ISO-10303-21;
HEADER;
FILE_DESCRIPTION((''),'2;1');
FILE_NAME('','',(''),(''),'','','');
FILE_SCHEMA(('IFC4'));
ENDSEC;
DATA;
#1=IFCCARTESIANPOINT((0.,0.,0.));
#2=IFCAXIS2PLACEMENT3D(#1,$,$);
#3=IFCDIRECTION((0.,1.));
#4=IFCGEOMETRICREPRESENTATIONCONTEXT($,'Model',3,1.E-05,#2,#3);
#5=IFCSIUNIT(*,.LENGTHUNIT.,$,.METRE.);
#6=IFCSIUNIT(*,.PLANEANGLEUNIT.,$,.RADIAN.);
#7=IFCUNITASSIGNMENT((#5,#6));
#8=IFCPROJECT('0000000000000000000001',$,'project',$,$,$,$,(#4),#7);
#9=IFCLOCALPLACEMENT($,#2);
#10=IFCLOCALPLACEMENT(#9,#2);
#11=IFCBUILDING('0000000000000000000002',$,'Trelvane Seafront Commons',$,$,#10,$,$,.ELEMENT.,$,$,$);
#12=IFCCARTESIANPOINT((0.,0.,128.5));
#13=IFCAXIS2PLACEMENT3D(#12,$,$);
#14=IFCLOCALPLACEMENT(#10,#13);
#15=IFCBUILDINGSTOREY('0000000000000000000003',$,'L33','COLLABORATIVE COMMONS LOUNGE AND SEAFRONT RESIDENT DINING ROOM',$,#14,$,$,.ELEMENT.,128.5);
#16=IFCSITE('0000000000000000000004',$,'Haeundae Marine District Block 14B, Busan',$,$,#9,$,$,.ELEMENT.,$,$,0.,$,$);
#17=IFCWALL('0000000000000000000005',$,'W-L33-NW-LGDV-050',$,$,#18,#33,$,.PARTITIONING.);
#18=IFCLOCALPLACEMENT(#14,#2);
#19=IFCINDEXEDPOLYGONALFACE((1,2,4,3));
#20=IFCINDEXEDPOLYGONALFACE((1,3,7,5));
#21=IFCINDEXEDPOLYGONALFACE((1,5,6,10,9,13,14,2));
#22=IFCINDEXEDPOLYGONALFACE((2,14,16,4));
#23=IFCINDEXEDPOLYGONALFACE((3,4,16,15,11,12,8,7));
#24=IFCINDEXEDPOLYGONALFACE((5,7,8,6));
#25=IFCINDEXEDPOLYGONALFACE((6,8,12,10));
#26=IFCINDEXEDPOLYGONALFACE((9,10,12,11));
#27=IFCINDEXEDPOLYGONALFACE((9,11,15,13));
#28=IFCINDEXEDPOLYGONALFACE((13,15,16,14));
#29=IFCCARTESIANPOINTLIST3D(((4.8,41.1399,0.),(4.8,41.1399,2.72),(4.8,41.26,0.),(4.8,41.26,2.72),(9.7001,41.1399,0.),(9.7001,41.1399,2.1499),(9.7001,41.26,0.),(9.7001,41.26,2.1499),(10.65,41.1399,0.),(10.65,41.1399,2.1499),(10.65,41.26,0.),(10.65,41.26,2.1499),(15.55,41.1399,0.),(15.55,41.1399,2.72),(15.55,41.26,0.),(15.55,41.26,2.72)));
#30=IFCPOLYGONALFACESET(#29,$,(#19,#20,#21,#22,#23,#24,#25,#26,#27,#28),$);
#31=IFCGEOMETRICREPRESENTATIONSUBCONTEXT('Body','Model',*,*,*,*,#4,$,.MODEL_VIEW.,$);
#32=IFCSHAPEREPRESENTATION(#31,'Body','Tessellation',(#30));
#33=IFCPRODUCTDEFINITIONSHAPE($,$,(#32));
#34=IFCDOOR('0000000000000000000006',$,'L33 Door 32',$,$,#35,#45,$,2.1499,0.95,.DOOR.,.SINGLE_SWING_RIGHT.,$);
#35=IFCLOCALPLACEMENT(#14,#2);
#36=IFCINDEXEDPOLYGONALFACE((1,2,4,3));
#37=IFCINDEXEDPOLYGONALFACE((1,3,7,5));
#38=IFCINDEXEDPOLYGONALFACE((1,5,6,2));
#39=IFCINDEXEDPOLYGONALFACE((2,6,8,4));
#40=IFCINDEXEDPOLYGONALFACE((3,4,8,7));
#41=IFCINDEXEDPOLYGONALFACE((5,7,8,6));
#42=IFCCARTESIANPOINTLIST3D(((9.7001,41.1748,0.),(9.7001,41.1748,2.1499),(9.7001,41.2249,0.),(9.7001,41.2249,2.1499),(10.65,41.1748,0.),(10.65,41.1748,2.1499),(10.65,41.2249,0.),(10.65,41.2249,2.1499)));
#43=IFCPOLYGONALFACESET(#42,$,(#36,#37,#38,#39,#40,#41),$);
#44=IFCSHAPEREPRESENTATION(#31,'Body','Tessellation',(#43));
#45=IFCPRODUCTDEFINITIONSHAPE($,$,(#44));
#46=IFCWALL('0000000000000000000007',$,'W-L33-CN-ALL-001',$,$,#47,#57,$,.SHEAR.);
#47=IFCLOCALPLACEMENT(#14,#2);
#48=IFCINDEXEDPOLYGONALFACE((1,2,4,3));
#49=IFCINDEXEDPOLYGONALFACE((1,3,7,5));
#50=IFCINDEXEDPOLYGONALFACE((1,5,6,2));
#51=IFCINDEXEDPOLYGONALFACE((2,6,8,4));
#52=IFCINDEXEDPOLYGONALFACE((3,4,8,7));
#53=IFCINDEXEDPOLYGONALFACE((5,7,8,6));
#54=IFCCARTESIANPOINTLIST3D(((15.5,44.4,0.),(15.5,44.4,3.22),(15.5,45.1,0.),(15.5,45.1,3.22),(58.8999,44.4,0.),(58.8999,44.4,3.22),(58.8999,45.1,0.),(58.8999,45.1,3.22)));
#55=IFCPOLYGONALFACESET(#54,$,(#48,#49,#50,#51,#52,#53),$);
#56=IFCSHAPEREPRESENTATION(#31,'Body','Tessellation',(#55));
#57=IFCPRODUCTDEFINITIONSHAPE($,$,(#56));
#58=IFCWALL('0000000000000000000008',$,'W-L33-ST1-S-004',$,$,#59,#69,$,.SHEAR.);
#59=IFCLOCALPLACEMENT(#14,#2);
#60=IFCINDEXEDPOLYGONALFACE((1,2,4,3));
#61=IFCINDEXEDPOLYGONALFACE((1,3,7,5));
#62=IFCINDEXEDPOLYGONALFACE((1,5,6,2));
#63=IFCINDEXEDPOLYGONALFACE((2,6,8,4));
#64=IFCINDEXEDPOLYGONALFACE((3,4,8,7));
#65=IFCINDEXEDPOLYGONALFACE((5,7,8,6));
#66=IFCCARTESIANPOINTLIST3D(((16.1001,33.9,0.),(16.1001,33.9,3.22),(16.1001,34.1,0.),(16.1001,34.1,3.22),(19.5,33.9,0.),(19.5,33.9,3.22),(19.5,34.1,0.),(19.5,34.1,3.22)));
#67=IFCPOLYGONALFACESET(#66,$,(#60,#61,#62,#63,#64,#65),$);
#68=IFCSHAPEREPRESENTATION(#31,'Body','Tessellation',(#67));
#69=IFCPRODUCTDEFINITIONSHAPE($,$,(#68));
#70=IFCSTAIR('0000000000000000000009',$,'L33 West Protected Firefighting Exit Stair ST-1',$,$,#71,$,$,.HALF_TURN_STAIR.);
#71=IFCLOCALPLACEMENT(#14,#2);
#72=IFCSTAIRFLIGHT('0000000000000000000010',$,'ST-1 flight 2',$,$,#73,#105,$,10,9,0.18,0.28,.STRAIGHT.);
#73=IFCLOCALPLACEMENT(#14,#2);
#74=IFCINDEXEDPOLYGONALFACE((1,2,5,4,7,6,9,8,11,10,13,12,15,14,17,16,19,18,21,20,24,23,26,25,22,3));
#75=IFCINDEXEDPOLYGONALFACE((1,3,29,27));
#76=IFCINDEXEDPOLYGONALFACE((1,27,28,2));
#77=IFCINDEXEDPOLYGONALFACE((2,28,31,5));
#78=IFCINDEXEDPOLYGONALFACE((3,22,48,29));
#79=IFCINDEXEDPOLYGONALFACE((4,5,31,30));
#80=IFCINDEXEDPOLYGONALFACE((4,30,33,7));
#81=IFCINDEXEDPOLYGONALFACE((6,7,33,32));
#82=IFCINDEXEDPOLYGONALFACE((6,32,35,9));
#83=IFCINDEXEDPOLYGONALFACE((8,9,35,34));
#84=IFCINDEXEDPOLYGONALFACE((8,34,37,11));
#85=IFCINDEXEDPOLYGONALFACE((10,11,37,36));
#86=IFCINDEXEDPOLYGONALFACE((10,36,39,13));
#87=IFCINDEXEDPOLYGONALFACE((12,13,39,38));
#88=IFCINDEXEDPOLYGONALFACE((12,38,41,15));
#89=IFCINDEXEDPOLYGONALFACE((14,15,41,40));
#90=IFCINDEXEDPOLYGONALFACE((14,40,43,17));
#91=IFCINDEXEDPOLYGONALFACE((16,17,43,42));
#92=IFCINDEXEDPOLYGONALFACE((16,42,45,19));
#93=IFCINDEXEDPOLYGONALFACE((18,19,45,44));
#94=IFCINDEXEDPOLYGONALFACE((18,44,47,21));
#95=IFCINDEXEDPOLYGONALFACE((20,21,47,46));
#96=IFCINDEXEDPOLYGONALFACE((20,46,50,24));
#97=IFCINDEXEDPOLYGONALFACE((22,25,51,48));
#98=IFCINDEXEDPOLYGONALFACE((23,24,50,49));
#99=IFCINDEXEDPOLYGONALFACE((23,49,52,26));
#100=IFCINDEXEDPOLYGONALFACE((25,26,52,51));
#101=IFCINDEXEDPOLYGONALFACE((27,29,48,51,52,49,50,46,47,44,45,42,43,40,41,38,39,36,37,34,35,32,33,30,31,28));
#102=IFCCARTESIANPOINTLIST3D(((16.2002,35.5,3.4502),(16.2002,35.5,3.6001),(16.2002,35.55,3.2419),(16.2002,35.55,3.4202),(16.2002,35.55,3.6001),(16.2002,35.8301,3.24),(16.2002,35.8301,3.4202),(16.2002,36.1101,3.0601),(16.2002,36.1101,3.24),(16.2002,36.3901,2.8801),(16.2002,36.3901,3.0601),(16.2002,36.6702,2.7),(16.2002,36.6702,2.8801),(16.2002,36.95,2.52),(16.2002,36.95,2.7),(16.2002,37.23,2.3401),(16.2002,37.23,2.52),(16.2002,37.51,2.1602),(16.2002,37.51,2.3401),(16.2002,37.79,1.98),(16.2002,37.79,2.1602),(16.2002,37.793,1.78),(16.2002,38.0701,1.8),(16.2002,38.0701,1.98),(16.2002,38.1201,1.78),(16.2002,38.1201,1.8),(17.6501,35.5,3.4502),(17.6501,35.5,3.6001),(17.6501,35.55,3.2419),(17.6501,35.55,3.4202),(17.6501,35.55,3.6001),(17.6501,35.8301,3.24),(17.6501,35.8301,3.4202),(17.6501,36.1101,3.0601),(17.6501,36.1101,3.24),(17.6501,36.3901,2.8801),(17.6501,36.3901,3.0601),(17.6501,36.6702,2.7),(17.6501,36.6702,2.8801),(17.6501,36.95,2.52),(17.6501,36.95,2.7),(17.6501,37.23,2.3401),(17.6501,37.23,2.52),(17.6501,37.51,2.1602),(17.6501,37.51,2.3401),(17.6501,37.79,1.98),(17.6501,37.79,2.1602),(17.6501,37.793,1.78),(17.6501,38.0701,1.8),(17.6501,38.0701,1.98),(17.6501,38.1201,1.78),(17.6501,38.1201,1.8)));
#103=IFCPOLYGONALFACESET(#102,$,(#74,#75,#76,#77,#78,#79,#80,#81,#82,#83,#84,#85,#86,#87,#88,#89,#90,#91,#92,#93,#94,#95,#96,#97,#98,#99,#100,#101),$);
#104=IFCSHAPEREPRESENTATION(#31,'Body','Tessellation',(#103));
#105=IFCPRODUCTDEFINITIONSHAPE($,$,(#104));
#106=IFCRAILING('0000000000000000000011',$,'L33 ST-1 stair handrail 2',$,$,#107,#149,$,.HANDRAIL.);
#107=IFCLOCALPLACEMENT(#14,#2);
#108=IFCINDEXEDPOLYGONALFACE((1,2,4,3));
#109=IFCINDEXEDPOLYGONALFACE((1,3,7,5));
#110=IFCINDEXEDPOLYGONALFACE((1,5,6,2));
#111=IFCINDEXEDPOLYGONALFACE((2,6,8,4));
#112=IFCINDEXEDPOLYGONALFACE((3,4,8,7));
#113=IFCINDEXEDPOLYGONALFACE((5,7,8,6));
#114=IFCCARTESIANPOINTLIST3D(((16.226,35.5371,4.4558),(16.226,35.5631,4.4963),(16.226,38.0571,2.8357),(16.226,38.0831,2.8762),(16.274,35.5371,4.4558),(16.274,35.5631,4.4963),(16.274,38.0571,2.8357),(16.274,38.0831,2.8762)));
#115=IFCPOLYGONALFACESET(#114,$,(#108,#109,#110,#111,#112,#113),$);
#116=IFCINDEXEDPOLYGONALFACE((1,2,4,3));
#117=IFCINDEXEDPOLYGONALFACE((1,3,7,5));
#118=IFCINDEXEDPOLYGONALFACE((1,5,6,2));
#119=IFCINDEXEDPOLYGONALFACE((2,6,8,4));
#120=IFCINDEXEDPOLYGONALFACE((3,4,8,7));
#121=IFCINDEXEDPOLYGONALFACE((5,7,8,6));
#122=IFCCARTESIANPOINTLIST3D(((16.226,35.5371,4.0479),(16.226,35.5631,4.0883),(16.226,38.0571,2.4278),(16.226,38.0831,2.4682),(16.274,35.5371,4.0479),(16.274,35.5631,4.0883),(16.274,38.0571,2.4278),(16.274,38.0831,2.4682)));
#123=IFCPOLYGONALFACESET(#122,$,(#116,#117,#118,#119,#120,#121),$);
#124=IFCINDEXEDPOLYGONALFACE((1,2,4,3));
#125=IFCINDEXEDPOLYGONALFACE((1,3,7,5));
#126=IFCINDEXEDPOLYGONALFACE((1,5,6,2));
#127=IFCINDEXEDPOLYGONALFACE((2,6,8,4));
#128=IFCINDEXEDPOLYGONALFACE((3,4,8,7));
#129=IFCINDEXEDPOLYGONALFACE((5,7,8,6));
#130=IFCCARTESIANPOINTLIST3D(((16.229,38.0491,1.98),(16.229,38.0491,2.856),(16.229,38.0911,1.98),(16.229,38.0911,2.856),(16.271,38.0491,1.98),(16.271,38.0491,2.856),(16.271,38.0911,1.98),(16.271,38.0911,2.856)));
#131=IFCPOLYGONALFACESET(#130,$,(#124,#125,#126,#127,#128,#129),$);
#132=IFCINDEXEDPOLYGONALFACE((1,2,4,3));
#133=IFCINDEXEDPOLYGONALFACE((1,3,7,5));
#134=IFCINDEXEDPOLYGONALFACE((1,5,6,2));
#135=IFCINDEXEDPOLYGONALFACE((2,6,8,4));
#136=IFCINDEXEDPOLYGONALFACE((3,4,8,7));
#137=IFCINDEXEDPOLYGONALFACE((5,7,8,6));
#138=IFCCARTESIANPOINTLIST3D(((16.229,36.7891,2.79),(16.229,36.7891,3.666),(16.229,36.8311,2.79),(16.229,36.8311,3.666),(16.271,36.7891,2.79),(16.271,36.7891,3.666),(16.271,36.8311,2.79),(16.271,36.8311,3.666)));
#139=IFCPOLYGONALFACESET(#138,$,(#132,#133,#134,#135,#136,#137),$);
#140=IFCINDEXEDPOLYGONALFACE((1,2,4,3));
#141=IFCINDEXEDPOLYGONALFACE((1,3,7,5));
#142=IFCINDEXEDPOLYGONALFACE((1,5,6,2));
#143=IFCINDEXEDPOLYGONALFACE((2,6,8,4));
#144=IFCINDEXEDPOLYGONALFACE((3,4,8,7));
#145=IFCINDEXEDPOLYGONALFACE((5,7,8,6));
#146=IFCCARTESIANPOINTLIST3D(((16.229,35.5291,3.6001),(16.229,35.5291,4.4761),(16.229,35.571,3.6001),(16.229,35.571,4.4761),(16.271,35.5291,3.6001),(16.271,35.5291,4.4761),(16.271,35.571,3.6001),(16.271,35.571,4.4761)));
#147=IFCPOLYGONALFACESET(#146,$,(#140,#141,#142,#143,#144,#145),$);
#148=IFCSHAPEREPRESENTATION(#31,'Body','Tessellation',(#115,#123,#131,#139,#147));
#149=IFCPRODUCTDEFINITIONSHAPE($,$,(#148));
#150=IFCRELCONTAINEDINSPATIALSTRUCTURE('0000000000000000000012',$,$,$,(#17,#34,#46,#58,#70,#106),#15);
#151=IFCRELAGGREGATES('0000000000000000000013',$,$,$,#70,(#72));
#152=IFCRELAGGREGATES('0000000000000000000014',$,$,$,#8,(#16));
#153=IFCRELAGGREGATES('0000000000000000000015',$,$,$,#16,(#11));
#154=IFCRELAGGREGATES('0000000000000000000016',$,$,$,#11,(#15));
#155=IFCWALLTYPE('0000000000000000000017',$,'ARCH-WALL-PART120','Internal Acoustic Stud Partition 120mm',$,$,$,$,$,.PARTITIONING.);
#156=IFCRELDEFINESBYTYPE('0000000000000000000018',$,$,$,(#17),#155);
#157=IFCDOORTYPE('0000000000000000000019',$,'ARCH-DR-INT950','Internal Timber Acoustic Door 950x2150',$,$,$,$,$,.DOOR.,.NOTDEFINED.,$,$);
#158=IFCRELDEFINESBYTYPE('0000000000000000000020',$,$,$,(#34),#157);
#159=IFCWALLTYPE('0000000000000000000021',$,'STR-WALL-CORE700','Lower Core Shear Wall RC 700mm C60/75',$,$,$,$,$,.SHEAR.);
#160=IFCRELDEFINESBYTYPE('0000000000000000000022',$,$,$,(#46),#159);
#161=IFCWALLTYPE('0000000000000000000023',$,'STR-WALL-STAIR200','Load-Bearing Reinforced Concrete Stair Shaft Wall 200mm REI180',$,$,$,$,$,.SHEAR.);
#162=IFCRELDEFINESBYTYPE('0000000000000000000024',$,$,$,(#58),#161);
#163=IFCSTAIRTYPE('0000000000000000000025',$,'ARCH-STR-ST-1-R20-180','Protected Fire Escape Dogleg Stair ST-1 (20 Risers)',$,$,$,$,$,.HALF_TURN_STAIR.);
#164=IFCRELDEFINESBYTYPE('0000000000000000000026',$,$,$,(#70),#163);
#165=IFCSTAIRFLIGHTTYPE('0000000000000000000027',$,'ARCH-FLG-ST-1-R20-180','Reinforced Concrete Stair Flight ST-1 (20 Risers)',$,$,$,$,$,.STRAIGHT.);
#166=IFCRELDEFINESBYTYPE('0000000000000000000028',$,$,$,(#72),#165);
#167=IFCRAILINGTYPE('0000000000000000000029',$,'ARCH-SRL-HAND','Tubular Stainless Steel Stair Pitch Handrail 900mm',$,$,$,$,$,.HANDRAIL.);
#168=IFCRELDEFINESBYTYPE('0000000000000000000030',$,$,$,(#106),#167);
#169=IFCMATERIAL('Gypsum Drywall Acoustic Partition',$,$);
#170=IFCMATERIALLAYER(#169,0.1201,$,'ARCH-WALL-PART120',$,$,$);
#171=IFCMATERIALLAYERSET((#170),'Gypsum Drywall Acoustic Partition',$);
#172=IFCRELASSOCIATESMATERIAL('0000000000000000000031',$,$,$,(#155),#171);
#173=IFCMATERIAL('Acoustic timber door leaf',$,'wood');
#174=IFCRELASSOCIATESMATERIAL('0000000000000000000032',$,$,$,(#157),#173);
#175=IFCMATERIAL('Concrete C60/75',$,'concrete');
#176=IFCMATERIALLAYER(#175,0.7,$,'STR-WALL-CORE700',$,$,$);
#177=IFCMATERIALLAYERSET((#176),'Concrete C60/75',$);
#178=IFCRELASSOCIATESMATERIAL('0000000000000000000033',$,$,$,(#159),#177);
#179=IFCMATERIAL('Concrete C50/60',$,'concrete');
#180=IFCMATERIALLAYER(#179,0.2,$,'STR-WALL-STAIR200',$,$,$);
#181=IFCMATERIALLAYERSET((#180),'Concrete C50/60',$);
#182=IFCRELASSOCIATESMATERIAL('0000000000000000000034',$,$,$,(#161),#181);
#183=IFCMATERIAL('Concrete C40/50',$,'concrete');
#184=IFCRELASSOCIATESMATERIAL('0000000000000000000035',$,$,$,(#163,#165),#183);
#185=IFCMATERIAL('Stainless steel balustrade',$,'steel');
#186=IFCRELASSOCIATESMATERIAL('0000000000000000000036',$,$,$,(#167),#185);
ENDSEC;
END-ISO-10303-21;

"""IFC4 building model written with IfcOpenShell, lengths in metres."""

from ifc_helpers import new_model, si_unit, direction, frame, frame_2d, origin, origin_2d, place, context, subcontext, project, spatial, polyline, rectangle, outline, extrude, source, transform, mapped, material, layer, layer_set, type_object, element, fill, aggregate, save


model = new_model("IFC4")

# Units and contexts
model_context = context("Model", 3, precision=1e-05, world=origin(), true_north=direction((0.0, 1.0)))
body_context = subcontext(model_context, "Body", "Model", "MODEL_VIEW")
ifc_project = project(units=[si_unit("LENGTHUNIT", "METRE"), si_unit("PLANEANGLEUNIT", "RADIAN")], contexts=[model_context])

# Site, building, storey
site_placement = place(None, origin())
site = spatial("IfcSite", under=ifc_project, at=site_placement, Name="Haeundae Marine District Block 14B, Busan", CompositionType="ELEMENT", RefElevation=0.0)
building_placement = place(site_placement, origin())
building = spatial("IfcBuilding", under=site, at=building_placement, Name="Trelvane Seafront Commons", CompositionType="ELEMENT")
storey_placement = place(building_placement, frame((0.0, 0.0, 128.5)))
storey = spatial("IfcBuildingStorey", under=building, at=storey_placement, Name="L33", Description="COLLABORATIVE COMMONS LOUNGE AND SEAFRONT RESIDENT DINING ROOM", CompositionType="ELEMENT", Elevation=128.5)

# Shared definitions
ifc_material_1 = material(Name="Concrete C60/75", Category="concrete")

# Wall, opening, door
ifc_material_2 = material(Name="Gypsum Drywall Acoustic Partition")
ifc_layer_1 = layer(ifc_material_2, 0.1201, Name="ARCH-WALL-PART120")
ifc_layer_set_1 = layer_set([ifc_layer_1], Name="Gypsum Drywall Acoustic Partition")
wall_type_1 = type_object("IfcWallType", Name="ARCH-WALL-PART120", Description="Internal Acoustic Stud Partition 120mm", PredefinedType="PARTITIONING", material=ifc_layer_set_1)
wall_1_placement = place(storey_placement, frame((4.8, 41.2, 0.0), z_axis=(0.0, 0.0, 1.0), x_axis=(1.0, 0.0, 0.0)))
wall_1 = element("IfcWall", 1, at=wall_1_placement, inside=storey, type_object=wall_type_1, Name="W-L33-NW-LGDV-050", PredefinedType="PARTITIONING", context=body_context, shape_type="SweptSolid", body=[
    extrude(rectangle(XDim=10.75, YDim=0.1201, at=frame_2d((5.375, 0.0))), origin(), (0.0, 0.0, 1.0), 2.72),
])
opening_1_placement = place(wall_1_placement, frame((4.8999, 0.0, 0.0)))
opening_1 = element("IfcOpeningElement", 2, at=opening_1_placement, cuts=wall_1, PredefinedType="OPENING", context=body_context, shape_type="SweptSolid", body=[
    extrude(rectangle(XDim=0.95, YDim=2.1499, at=frame_2d((0.4751, 1.075))), frame((0.0, 0.0701, 0.0), z_axis=(0.0, -1.0, 0.0), x_axis=(1.0, 0.0, 0.0)), (0.0, 0.0, 1.0), 0.1401),
])
ifc_material_3 = material(Name="Acoustic timber door leaf", Category="wood")
door_type_1 = type_object("IfcDoorType", Name="ARCH-DR-INT950", Description="Internal Timber Acoustic Door 950x2150", OperationType="NOTDEFINED", PredefinedType="DOOR", material=ifc_material_3)
shared_shape_1 = source(origin(), body_context, "Body", "SweptSolid", [
    extrude(rectangle(XDim=0.95, YDim=2.1499, at=frame_2d((0.4751, 1.075))), frame((0.0, 0.0249, 0.0), z_axis=(0.0, -1.0, 0.0), x_axis=(1.0, 0.0, 0.0)), (0.0, 0.0, 1.0), 0.05),
])
door_1_placement = place(opening_1_placement, origin())
door_1 = element("IfcDoor", 3, at=door_1_placement, inside=storey, type_object=door_type_1, Name="L33 Door 32", OperationType="SINGLE_SWING_RIGHT", OverallHeight=2.1499, OverallWidth=0.95, PredefinedType="DOOR", context=body_context, shape_type="MappedRepresentation", body=[
    mapped(shared_shape_1, transform((0.0, 0.0, 0.0), x_axis=(1.0, 0.0, 0.0), y_axis=(0.0, 1.0, 0.0), z_axis=(0.0, 0.0, 1.0), scale=1.0)),
])
fill(opening_1, door_1)

# Walls
ifc_layer_2 = layer(ifc_material_1, 0.7, Name="STR-WALL-CORE700")
ifc_layer_set_2 = layer_set([ifc_layer_2], Name="Concrete C60/75")
wall_type_2 = type_object("IfcWallType", Name="STR-WALL-CORE700", Description="Lower Core Shear Wall RC 700mm C60/75", PredefinedType="SHEAR", material=ifc_layer_set_2)
wall_2_placement = place(storey_placement, frame((15.5, 44.75, 0.0), z_axis=(0.0, 0.0, 1.0), x_axis=(1.0, 0.0, 0.0)))
element("IfcWall", 4, at=wall_2_placement, inside=storey, type_object=wall_type_2, Name="W-L33-CN-ALL-001", PredefinedType="SHEAR", context=body_context, shape_type="SweptSolid", body=[
    extrude(rectangle(XDim=43.3999, YDim=0.7, at=frame_2d((21.7, 0.0))), origin(), (0.0, 0.0, 1.0), 3.22),
])
ifc_material_4 = material(Name="Concrete C50/60", Category="concrete")
ifc_layer_3 = layer(ifc_material_4, 0.2, Name="STR-WALL-STAIR200")
ifc_layer_set_3 = layer_set([ifc_layer_3], Name="Concrete C50/60")
wall_type_3 = type_object("IfcWallType", Name="STR-WALL-STAIR200", Description="Load-Bearing Reinforced Concrete Stair Shaft Wall 200mm REI180", PredefinedType="SHEAR", material=ifc_layer_set_3)
wall_3_placement = place(storey_placement, frame((16.1001, 34.0, 0.0), z_axis=(0.0, 0.0, 1.0), x_axis=(1.0, 0.0, 0.0)))
element("IfcWall", 5, at=wall_3_placement, inside=storey, type_object=wall_type_3, Name="W-L33-ST1-S-004", PredefinedType="SHEAR", context=body_context, shape_type="SweptSolid", body=[
    extrude(rectangle(XDim=3.3999, YDim=0.2, at=frame_2d((1.7, 0.0))), origin(), (0.0, 0.0, 1.0), 3.22),
])

# Stair, stair flight
ifc_material_5 = material(Name="Concrete C40/50", Category="concrete")
stair_type = type_object("IfcStairType", Name="ARCH-STR-ST-1-R20-180", Description="Protected Fire Escape Dogleg Stair ST-1 (20 Risers)", PredefinedType="HALF_TURN_STAIR", material=ifc_material_5)
stair_placement = place(storey_placement, origin())
stair = element("IfcStair", 6, at=stair_placement, inside=storey, type_object=stair_type, Name="L33 West Protected Firefighting Exit Stair ST-1", PredefinedType="HALF_TURN_STAIR")
stair_flight_type = type_object("IfcStairFlightType", Name="ARCH-FLG-ST-1-R20-180", Description="Reinforced Concrete Stair Flight ST-1 (20 Risers)", PredefinedType="STRAIGHT", material=ifc_material_5)
shared_shape_2 = source(origin(), body_context, "Body", "SweptSolid", [
    extrude(outline(polyline([(-0.05, -0.02), (-0.05, 0.0), (0.0, 0.0), (0.0, 0.1799), (0.28, 0.1799), (0.28, 0.3601), (0.5601, 0.3601), (0.5601, 0.54), (0.8401, 0.54), (0.8401, 0.72), (1.1201, 0.72), (1.1201, 0.8999), (1.3999, 0.8999), (1.3999, 1.0801), (1.6799, 1.0801), (1.6799, 1.26), (1.96, 1.26), (1.96, 1.4399), (2.24, 1.4399), (2.24, 1.6201), (2.52, 1.6201), (2.52, 1.8), (2.5701, 1.8), (2.5701, 1.6501), (2.52, 1.4419), (0.2771, -0.02), (-0.05, -0.02)])), frame((0.0, 0.7251, 0.0), z_axis=(0.0, -1.0, 0.0), x_axis=(1.0, 0.0, 0.0)), (0.0, 0.0, 1.0), 1.45),
])
stair_flight_placement = place(storey_placement, frame((16.925, 38.0701, 1.8), z_axis=(0.0, 0.0, 1.0), x_axis=(0.0, -1.0, 0.0)))
stair_flight = element("IfcStairFlight", 7, at=stair_flight_placement, type_object=stair_flight_type, Name="ST-1 flight 2", NumberOfRisers=10, NumberOfTreads=9, PredefinedType="STRAIGHT", RiserHeight=0.18, TreadLength=0.28, context=body_context, shape_type="MappedRepresentation", body=[
    mapped(shared_shape_2, transform((0.0, 0.0, 0.0), x_axis=(1.0, 0.0, 0.0), y_axis=(0.0, 1.0, 0.0), z_axis=(0.0, 0.0, 1.0), scale=1.0)),
])
aggregate(stair, [stair_flight])

# Railing
ifc_material_6 = material(Name="Stainless steel balustrade", Category="steel")
railing_type = type_object("IfcRailingType", Name="ARCH-SRL-HAND", Description="Tubular Stainless Steel Stair Pitch Handrail 900mm", PredefinedType="HANDRAIL", material=ifc_material_6)
railing_placement = place(storey_placement, frame((16.25, 38.0701, 1.98)))
element("IfcRailing", 8, at=railing_placement, inside=storey, type_object=railing_type, Name="L33 ST-1 stair handrail 2", PredefinedType="HANDRAIL", context=body_context, shape_type="SweptSolid", body=[
    extrude(rectangle(XDim=0.0481, YDim=0.0481, at=origin_2d()), frame((0.0, 0.0, 0.876), z_axis=(0.0, -0.841163, 0.540782), x_axis=(1.0, 0.0, 0.0)), (0.0, 0.0, 1.0), 2.9958),
    extrude(rectangle(XDim=0.0481, YDim=0.0481, at=origin_2d()), frame((0.0, 0.0, 0.468), z_axis=(0.0, -0.841163, 0.540782), x_axis=(1.0, 0.0, 0.0)), (0.0, 0.0, 1.0), 2.9958),
    extrude(rectangle(XDim=0.042, YDim=0.042, at=origin_2d()), origin(), (0.0, 0.0, 1.0), 0.876),
    extrude(rectangle(XDim=0.042, YDim=0.042, at=origin_2d()), frame((0.0, -1.26, 0.8101)), (0.0, 0.0, 1.0), 0.876),
    extrude(rectangle(XDim=0.042, YDim=0.042, at=origin_2d()), frame((0.0, -2.52, 1.6201)), (0.0, 0.0, 1.0), 0.876),
])

save(model, "model.ifc")
